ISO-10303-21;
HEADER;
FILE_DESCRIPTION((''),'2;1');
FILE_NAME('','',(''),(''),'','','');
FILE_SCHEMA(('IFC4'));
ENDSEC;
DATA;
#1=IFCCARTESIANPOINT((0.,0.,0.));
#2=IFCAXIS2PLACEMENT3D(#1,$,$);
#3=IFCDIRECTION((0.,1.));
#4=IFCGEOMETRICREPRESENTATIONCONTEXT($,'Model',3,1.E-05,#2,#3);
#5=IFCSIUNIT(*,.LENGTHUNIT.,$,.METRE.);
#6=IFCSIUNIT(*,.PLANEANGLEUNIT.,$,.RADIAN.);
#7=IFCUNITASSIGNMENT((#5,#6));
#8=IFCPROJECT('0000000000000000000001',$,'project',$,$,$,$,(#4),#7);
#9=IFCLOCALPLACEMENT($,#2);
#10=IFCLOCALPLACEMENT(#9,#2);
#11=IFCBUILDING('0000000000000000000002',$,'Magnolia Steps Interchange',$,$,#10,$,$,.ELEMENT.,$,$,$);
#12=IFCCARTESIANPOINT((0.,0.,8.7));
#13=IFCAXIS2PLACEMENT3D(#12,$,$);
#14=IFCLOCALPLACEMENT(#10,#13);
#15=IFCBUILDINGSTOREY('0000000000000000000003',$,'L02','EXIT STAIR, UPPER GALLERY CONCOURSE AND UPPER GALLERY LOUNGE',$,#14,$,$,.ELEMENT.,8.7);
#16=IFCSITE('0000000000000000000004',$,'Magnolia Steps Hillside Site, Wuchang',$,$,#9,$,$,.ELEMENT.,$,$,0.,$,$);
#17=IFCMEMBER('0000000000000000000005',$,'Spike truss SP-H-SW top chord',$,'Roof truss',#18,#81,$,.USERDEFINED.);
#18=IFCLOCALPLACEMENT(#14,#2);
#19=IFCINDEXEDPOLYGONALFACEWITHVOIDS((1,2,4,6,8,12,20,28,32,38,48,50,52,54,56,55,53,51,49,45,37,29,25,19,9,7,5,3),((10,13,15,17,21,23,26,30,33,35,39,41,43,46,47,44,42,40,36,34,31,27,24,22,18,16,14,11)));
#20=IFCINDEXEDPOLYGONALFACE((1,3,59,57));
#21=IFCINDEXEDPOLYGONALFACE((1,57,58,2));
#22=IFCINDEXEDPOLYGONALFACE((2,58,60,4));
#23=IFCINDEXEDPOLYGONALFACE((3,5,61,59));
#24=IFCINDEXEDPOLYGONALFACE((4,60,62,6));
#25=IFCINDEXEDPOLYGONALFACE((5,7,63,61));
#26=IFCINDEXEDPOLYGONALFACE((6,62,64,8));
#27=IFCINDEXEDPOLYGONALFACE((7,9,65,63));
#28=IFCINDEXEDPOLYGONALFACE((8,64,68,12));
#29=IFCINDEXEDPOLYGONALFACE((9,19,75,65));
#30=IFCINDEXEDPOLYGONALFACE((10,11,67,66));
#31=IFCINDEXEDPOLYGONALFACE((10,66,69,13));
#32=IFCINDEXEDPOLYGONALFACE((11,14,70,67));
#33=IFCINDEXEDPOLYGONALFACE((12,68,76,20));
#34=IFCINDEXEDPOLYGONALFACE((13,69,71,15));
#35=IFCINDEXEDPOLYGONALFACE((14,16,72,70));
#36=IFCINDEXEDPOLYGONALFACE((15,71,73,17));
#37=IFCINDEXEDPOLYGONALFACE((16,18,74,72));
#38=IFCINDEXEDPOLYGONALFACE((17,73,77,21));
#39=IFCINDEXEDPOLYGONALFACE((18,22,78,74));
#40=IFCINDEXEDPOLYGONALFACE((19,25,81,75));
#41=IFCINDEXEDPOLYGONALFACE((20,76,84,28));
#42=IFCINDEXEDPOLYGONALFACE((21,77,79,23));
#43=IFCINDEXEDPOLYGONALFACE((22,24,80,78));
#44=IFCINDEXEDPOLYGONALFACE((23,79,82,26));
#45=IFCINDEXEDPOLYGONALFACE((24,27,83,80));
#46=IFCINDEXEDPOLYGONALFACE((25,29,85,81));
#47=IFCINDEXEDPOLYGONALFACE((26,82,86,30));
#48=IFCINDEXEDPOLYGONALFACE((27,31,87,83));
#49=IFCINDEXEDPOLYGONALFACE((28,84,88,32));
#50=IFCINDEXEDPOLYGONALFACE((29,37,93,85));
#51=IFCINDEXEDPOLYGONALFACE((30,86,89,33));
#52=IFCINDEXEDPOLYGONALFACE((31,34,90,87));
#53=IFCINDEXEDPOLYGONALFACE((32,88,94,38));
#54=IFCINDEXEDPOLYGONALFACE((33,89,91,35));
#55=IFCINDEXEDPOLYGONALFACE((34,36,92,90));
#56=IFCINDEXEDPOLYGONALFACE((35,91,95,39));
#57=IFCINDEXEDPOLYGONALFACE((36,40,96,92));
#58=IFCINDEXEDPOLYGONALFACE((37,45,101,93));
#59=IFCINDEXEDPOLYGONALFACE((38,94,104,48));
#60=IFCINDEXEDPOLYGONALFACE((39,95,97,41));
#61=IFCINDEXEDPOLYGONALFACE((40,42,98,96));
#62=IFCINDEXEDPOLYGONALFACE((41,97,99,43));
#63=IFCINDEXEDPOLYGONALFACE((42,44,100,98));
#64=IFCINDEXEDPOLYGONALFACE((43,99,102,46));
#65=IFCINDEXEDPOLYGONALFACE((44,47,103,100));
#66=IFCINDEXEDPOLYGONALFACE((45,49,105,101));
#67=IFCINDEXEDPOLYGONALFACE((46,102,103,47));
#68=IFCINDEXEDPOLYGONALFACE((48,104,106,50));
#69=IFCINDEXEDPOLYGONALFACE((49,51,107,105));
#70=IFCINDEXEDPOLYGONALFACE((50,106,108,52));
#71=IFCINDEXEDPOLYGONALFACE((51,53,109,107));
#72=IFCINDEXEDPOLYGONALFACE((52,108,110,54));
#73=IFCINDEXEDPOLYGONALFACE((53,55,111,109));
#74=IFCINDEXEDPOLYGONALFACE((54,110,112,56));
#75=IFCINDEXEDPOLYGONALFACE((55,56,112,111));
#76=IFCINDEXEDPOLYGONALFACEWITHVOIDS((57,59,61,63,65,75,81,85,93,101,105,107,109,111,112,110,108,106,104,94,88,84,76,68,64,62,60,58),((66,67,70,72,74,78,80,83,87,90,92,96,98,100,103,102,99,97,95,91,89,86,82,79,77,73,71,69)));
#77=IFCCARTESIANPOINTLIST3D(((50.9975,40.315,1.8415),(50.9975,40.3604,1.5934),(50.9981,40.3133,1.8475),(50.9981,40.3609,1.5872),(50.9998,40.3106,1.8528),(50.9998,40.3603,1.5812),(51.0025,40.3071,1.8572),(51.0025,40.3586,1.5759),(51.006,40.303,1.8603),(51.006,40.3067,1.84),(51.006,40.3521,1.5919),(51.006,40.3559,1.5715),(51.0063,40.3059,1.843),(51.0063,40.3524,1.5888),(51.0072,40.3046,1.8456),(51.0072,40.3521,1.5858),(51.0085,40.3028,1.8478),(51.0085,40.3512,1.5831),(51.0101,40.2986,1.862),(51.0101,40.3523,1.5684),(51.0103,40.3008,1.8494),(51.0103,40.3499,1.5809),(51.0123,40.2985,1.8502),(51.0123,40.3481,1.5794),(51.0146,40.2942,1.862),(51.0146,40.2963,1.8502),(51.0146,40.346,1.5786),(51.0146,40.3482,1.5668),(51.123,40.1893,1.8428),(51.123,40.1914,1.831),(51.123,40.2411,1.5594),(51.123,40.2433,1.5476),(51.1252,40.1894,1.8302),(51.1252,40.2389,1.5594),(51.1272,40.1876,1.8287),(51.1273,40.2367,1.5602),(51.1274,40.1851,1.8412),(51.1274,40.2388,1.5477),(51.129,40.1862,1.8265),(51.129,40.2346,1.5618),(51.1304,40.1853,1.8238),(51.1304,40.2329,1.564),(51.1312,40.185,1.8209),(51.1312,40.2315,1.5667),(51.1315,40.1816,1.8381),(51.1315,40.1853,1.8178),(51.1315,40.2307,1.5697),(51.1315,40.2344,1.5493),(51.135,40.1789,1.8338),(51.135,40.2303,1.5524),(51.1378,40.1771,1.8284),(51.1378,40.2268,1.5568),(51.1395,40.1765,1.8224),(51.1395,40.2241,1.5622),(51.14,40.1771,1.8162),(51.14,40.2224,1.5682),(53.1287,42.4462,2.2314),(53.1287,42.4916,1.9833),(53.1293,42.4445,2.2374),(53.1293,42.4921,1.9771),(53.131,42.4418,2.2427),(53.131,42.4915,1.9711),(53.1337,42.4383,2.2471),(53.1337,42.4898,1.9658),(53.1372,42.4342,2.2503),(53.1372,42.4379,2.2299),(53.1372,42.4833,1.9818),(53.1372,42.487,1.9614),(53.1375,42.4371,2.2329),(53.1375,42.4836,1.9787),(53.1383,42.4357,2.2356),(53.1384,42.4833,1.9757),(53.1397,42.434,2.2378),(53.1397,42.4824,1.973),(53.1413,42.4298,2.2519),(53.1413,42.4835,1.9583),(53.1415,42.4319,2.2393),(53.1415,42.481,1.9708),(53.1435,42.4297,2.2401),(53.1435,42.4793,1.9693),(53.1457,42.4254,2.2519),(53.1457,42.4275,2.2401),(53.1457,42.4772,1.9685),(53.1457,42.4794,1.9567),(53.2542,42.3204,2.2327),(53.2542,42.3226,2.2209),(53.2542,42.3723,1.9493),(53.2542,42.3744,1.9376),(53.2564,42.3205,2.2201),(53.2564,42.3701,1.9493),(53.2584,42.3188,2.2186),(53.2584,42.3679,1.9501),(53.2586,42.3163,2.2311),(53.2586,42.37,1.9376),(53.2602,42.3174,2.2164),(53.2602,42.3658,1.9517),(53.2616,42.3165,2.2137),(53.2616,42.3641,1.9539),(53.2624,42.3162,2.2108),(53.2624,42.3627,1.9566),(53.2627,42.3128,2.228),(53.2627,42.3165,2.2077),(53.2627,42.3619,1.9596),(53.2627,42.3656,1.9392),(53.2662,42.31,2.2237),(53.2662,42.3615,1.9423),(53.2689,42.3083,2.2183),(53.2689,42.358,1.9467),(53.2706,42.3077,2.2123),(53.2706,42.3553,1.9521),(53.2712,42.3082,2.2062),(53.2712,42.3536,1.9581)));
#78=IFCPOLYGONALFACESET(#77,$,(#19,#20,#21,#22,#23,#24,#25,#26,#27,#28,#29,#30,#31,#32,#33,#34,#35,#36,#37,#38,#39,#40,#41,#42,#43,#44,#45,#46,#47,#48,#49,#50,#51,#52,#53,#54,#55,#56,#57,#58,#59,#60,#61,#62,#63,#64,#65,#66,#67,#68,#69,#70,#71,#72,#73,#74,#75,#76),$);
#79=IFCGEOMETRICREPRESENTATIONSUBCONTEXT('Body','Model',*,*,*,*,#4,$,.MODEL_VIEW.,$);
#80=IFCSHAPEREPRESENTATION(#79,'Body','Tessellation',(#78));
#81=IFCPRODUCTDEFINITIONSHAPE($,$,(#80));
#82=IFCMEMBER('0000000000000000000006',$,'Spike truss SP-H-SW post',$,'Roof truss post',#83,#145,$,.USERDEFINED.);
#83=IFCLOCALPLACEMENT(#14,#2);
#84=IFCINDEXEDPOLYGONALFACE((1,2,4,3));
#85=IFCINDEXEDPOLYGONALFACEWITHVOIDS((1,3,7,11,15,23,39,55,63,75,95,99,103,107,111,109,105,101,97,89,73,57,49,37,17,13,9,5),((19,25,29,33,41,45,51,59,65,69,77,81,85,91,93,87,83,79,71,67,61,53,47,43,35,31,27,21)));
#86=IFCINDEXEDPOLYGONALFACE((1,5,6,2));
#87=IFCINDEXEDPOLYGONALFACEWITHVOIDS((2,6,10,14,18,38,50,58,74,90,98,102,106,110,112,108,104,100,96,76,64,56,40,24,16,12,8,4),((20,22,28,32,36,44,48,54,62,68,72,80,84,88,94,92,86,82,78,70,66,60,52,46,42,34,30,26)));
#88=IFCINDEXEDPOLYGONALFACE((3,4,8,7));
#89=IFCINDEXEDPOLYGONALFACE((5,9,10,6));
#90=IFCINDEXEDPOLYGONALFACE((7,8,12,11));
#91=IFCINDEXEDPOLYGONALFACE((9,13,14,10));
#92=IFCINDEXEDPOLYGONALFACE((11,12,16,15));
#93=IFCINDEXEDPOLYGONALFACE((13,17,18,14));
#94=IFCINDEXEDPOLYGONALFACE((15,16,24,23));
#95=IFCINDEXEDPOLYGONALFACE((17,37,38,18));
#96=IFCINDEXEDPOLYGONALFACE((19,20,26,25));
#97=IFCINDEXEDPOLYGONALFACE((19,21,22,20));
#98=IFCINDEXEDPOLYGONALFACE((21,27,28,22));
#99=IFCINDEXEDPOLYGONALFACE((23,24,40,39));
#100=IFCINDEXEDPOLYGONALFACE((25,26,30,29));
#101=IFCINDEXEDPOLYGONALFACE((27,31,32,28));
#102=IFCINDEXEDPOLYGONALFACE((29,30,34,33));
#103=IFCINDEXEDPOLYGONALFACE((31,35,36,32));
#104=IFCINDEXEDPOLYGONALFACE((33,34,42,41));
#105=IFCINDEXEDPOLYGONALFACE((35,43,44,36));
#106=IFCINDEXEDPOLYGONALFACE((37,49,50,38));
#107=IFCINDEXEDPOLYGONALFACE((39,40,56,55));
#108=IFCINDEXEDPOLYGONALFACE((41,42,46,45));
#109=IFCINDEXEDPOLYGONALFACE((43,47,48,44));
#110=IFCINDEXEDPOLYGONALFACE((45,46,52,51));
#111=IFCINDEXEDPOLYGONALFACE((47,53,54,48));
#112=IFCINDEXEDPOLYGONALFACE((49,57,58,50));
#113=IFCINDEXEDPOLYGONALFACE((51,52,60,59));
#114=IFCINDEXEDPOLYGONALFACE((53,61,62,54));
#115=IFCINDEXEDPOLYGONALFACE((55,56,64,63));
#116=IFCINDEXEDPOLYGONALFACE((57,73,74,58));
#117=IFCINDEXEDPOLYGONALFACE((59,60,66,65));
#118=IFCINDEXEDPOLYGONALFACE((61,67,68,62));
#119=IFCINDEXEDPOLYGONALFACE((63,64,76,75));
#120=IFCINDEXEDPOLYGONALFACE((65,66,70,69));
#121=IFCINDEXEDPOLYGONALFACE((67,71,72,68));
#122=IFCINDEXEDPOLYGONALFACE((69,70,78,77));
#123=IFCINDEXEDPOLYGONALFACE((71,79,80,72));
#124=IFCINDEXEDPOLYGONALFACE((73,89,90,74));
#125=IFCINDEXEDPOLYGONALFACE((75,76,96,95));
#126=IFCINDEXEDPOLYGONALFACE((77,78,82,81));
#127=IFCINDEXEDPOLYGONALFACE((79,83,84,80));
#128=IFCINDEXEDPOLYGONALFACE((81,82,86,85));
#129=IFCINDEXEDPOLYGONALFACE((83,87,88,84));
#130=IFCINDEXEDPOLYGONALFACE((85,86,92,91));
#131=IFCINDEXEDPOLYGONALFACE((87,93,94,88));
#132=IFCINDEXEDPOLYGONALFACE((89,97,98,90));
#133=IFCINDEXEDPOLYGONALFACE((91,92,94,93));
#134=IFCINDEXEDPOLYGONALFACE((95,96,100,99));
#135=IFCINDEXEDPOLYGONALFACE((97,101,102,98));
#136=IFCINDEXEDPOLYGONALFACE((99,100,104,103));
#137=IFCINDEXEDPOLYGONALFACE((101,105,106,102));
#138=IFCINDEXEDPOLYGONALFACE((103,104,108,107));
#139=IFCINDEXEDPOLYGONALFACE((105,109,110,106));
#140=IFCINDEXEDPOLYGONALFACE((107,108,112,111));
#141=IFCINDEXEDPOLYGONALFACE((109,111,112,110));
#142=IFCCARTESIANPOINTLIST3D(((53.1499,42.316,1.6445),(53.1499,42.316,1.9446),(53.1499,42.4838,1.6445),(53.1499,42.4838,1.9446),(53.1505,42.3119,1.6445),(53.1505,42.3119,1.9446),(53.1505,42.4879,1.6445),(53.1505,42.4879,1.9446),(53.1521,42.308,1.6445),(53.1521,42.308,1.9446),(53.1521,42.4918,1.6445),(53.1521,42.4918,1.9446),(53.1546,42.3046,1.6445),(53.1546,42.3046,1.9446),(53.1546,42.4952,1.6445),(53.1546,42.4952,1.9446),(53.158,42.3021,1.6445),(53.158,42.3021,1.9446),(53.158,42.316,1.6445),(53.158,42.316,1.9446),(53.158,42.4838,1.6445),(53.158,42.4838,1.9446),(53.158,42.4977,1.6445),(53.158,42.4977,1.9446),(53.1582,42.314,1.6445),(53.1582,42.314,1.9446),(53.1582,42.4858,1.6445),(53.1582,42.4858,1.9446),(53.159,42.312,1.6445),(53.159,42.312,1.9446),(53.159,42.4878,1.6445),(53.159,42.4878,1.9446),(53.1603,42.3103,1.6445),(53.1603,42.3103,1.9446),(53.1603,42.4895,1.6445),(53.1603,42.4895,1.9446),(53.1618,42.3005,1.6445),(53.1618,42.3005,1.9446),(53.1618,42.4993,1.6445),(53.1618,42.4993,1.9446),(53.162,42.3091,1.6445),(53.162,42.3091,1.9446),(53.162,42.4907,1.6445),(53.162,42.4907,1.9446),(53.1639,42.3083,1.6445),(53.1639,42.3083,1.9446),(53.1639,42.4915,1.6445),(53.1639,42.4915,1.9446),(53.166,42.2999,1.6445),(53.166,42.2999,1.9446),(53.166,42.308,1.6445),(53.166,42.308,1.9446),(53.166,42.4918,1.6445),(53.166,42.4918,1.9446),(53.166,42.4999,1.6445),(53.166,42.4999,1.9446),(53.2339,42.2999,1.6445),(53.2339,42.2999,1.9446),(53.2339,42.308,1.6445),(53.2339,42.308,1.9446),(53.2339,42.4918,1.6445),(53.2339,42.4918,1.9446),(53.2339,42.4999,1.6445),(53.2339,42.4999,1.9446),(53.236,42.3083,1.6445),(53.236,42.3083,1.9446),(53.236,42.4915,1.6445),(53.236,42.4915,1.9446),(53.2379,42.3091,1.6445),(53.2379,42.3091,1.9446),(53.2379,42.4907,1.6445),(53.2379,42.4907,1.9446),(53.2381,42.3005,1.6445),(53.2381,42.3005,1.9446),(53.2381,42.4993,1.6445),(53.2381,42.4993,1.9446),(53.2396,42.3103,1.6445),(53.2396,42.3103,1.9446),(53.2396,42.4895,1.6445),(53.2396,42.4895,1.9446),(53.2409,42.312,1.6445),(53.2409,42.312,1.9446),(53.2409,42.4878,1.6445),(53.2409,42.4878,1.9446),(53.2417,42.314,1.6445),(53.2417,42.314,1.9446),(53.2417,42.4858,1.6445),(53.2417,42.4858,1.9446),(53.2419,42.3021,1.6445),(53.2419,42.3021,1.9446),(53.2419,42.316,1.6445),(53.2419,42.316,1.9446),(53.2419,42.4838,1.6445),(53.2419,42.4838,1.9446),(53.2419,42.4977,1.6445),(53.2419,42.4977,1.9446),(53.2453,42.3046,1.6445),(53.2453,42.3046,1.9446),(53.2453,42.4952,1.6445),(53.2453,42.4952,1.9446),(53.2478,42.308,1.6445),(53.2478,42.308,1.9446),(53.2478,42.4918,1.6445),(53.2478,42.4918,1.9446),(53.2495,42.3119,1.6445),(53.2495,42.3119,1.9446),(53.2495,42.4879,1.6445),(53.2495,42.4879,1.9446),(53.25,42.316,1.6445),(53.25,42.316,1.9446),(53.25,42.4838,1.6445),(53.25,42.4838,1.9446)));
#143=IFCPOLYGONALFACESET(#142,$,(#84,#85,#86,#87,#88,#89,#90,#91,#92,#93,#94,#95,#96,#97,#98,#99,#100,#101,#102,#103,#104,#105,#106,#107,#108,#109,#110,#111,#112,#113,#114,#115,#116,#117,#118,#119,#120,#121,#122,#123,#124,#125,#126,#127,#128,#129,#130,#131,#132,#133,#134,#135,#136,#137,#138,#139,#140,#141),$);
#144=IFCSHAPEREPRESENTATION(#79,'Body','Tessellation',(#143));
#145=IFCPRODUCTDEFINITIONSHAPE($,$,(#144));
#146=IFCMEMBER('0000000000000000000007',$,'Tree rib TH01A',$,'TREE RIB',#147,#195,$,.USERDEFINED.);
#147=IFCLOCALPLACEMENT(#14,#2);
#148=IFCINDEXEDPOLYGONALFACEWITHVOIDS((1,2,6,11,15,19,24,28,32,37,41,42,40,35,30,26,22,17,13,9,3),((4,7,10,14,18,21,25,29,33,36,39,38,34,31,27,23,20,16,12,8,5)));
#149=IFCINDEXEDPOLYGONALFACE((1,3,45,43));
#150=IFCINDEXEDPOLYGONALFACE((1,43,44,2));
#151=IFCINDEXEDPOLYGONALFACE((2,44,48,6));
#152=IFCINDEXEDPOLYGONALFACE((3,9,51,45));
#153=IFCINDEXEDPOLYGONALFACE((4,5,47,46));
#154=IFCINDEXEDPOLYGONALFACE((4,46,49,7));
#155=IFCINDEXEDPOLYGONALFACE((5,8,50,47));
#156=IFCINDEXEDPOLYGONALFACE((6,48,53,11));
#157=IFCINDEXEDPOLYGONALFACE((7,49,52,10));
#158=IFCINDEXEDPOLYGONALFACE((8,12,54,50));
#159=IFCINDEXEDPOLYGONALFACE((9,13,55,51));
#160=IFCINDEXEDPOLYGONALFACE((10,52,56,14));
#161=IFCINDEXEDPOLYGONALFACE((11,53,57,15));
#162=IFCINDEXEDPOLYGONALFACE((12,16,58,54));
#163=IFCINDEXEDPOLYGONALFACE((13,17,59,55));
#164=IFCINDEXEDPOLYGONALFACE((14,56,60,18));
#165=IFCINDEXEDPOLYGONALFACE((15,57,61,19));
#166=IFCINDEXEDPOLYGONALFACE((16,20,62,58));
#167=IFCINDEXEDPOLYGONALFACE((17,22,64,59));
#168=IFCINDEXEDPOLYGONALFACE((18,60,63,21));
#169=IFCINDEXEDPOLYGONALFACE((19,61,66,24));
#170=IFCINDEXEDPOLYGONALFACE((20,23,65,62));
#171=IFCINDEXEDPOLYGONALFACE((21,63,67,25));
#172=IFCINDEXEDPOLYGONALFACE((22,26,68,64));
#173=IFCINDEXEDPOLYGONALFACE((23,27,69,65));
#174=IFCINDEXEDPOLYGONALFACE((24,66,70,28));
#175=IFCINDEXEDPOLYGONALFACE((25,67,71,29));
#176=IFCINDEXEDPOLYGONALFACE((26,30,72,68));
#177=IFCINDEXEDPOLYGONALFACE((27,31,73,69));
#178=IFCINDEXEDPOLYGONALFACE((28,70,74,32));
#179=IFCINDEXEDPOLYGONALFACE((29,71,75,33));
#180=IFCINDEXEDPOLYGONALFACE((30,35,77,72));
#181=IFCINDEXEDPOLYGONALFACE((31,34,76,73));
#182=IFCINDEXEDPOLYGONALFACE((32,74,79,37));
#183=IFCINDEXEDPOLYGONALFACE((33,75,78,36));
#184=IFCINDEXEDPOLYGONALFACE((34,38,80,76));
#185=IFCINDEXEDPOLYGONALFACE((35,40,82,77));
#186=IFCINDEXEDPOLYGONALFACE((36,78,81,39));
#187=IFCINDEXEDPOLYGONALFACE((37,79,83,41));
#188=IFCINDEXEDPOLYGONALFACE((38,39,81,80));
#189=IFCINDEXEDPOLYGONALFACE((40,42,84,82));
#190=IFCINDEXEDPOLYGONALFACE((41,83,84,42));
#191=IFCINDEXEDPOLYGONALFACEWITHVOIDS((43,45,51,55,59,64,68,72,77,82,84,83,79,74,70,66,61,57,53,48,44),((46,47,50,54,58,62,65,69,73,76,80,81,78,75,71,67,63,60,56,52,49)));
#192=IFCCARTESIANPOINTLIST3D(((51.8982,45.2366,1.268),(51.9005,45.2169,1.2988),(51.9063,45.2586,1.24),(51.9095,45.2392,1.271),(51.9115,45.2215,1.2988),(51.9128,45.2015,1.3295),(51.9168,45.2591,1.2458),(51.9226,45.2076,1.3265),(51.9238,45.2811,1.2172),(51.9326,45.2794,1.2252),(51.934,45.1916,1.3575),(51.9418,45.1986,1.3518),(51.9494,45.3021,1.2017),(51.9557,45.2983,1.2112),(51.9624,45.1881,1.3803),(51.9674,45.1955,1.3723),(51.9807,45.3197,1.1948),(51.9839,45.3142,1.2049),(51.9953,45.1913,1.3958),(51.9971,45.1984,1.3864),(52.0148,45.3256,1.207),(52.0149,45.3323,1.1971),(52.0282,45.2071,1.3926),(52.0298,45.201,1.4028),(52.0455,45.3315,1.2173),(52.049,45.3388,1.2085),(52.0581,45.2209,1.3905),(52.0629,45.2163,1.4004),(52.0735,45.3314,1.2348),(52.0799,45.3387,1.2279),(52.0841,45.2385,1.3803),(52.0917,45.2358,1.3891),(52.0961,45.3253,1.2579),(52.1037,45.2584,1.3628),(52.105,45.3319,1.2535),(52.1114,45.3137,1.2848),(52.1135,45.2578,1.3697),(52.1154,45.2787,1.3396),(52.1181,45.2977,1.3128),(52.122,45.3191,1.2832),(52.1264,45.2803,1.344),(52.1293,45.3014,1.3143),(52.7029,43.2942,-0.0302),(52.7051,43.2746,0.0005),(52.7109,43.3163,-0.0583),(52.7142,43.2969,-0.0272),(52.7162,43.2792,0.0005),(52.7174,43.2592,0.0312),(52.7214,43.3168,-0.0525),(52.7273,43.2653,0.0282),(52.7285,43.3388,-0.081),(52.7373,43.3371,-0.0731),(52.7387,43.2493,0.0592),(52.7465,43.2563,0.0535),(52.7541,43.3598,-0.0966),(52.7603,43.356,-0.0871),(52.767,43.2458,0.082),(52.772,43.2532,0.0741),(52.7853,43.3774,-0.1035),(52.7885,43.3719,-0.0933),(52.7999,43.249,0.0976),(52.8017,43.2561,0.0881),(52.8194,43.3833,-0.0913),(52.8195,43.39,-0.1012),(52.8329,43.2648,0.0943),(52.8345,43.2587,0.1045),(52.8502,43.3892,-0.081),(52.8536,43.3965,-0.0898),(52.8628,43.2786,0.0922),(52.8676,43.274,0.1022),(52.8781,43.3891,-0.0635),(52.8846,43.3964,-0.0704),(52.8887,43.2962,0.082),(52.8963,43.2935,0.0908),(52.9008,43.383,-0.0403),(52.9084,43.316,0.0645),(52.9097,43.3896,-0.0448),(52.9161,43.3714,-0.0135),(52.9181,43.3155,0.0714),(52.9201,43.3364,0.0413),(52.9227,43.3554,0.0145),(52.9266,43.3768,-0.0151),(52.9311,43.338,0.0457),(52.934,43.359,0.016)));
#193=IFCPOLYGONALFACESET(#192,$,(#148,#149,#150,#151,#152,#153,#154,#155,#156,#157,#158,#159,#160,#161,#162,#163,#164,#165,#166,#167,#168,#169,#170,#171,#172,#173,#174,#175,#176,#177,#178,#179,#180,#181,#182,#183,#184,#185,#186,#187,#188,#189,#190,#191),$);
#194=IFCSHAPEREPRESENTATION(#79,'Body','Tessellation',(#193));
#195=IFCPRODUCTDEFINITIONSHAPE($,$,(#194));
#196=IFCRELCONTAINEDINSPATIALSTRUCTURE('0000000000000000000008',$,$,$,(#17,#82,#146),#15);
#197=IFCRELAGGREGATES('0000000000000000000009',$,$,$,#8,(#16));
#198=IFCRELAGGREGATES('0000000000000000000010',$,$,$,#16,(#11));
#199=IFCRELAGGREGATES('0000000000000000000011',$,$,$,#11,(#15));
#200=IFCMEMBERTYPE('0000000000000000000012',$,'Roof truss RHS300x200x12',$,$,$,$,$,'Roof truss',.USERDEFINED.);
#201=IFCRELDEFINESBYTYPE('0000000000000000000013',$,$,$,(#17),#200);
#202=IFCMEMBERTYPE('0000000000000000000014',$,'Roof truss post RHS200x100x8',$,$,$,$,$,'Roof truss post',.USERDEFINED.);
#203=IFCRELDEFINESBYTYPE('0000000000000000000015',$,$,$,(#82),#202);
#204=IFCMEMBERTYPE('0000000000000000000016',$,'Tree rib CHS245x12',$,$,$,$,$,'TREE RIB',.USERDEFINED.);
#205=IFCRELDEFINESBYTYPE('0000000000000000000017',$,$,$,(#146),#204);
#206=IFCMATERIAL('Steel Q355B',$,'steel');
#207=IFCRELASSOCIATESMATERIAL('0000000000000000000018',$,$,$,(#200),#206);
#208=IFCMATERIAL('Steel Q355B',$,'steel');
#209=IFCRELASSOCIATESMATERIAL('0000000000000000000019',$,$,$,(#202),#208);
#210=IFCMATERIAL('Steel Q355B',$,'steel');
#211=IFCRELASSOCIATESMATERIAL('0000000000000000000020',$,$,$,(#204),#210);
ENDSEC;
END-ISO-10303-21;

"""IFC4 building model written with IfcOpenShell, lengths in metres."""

from ifc_helpers import new_model, si_unit, direction, frame, origin, origin_2d, place, context, subcontext, project, spatial, hollow_rectangle, hollow_circle, extrude, material, material_profile, profile_set, type_object, element, save


model = new_model("IFC4")

# Units and contexts
model_context = context("Model", 3, precision=1e-05, world=origin(), true_north=direction((0.0, 1.0)))
body_context = subcontext(model_context, "Body", "Model", "MODEL_VIEW")
ifc_project = project(units=[si_unit("LENGTHUNIT", "METRE"), si_unit("PLANEANGLEUNIT", "RADIAN")], contexts=[model_context])

# Site, building, storey
site_placement = place(None, origin())
site = spatial("IfcSite", under=ifc_project, at=site_placement, Name="Magnolia Steps Hillside Site, Wuchang", CompositionType="ELEMENT", RefElevation=0.0)
building_placement = place(site_placement, origin())
building = spatial("IfcBuilding", under=site, at=building_placement, Name="Magnolia Steps Interchange", CompositionType="ELEMENT")
storey_placement = place(building_placement, frame((0.0, 0.0, 8.7)))
storey = spatial("IfcBuildingStorey", under=building, at=storey_placement, Name="L02", Description="EXIT STAIR, UPPER GALLERY CONCOURSE AND UPPER GALLERY LOUNGE", CompositionType="ELEMENT", Elevation=8.7)

# Members
ifc_material_1 = material(Name="Steel Q355B", Category="steel")
ifc_material_profile_1 = material_profile(ifc_material_1, hollow_rectangle(XDim=0.2, YDim=0.3, WallThickness=0.012, InnerFilletRadius=0.012, OuterFilletRadius=0.0239, at=origin_2d()), Name="RHS300x200x12")
ifc_profile_set_1 = profile_set([ifc_material_profile_1], Name="Steel Q355B")
member_type_1 = type_object("IfcMemberType", Name="Roof truss RHS300x200x12", ElementType="Roof truss", PredefinedType="USERDEFINED", material=ifc_profile_set_1)
member_1_placement = place(storey_placement, frame((53.2, 42.3999, 2.0947), z_axis=(-0.701263, -0.701263, -0.128298), x_axis=(0.712903, -0.689817, -0.126186)))
element("IfcMember", 1, at=member_1_placement, inside=storey, type_object=member_type_1, Name="Spike truss SP-H-SW top chord", ObjectType="Roof truss", PredefinedType="USERDEFINED", context=body_context, shape_type="SweptSolid", body=[
    extrude(hollow_rectangle(XDim=0.2, YDim=0.3, WallThickness=0.012, InnerFilletRadius=0.012, OuterFilletRadius=0.0239, at=origin_2d()), origin(), (0.0, 0.0, 1.0), 3.0391),
])
ifc_material_2 = material(Name="Steel Q355B", Category="steel")
ifc_material_profile_2 = material_profile(ifc_material_2, hollow_rectangle(XDim=0.1001, YDim=0.2, WallThickness=0.0081, InnerFilletRadius=0.0081, OuterFilletRadius=0.0161, at=origin_2d()), Name="RHS200x100x8")
ifc_profile_set_2 = profile_set([ifc_material_profile_2], Name="Steel Q355B")
member_type_2 = type_object("IfcMemberType", Name="Roof truss post RHS200x100x8", ElementType="Roof truss post", PredefinedType="USERDEFINED", material=ifc_profile_set_2)
member_2_placement = place(storey_placement, frame((53.2, 42.3999, 1.6445), z_axis=(0.0, 0.0, 1.0), x_axis=(1.0, 0.0, 0.0)))
element("IfcMember", 2, at=member_2_placement, inside=storey, type_object=member_type_2, Name="Spike truss SP-H-SW post", ObjectType="Roof truss post", PredefinedType="USERDEFINED", context=body_context, shape_type="SweptSolid", body=[
    extrude(hollow_rectangle(XDim=0.1001, YDim=0.2, WallThickness=0.0081, InnerFilletRadius=0.0081, OuterFilletRadius=0.0161, at=origin_2d()), origin(), (0.0, 0.0, 1.0), 0.3),
])
ifc_material_3 = material(Name="Steel Q355B", Category="steel")
ifc_material_profile_3 = material_profile(ifc_material_3, hollow_circle(Radius=0.1226, WallThickness=0.012, at=origin_2d()), Name="CHS245x12")
ifc_profile_set_3 = profile_set([ifc_material_profile_3], Name="Steel Q355B")
member_type_3 = type_object("IfcMemberType", Name="Tree rib CHS245x12", ElementType="TREE RIB", PredefinedType="USERDEFINED", material=ifc_profile_set_3)
for number, where, z_axis, x_axis, name in (
    (3, (52.8184, 43.3215, 0.0005), (-0.325647, 0.786058, 0.525422), (-0.923858, -0.382735, 0.0), "Tree rib TH01A"),
):
    element("IfcMember", number, at=place(storey_placement, frame(where, z_axis=z_axis, x_axis=x_axis)), inside=storey, type_object=member_type_3, Name=name, ObjectType="TREE RIB", PredefinedType="USERDEFINED", context=body_context, shape_type="SweptSolid", body=[
        extrude(hollow_circle(Radius=0.1226, WallThickness=0.012, at=origin_2d()), origin(), (0.0, 0.0, 1.0), 2.4709),
    ])

save(model, "model.ifc")
